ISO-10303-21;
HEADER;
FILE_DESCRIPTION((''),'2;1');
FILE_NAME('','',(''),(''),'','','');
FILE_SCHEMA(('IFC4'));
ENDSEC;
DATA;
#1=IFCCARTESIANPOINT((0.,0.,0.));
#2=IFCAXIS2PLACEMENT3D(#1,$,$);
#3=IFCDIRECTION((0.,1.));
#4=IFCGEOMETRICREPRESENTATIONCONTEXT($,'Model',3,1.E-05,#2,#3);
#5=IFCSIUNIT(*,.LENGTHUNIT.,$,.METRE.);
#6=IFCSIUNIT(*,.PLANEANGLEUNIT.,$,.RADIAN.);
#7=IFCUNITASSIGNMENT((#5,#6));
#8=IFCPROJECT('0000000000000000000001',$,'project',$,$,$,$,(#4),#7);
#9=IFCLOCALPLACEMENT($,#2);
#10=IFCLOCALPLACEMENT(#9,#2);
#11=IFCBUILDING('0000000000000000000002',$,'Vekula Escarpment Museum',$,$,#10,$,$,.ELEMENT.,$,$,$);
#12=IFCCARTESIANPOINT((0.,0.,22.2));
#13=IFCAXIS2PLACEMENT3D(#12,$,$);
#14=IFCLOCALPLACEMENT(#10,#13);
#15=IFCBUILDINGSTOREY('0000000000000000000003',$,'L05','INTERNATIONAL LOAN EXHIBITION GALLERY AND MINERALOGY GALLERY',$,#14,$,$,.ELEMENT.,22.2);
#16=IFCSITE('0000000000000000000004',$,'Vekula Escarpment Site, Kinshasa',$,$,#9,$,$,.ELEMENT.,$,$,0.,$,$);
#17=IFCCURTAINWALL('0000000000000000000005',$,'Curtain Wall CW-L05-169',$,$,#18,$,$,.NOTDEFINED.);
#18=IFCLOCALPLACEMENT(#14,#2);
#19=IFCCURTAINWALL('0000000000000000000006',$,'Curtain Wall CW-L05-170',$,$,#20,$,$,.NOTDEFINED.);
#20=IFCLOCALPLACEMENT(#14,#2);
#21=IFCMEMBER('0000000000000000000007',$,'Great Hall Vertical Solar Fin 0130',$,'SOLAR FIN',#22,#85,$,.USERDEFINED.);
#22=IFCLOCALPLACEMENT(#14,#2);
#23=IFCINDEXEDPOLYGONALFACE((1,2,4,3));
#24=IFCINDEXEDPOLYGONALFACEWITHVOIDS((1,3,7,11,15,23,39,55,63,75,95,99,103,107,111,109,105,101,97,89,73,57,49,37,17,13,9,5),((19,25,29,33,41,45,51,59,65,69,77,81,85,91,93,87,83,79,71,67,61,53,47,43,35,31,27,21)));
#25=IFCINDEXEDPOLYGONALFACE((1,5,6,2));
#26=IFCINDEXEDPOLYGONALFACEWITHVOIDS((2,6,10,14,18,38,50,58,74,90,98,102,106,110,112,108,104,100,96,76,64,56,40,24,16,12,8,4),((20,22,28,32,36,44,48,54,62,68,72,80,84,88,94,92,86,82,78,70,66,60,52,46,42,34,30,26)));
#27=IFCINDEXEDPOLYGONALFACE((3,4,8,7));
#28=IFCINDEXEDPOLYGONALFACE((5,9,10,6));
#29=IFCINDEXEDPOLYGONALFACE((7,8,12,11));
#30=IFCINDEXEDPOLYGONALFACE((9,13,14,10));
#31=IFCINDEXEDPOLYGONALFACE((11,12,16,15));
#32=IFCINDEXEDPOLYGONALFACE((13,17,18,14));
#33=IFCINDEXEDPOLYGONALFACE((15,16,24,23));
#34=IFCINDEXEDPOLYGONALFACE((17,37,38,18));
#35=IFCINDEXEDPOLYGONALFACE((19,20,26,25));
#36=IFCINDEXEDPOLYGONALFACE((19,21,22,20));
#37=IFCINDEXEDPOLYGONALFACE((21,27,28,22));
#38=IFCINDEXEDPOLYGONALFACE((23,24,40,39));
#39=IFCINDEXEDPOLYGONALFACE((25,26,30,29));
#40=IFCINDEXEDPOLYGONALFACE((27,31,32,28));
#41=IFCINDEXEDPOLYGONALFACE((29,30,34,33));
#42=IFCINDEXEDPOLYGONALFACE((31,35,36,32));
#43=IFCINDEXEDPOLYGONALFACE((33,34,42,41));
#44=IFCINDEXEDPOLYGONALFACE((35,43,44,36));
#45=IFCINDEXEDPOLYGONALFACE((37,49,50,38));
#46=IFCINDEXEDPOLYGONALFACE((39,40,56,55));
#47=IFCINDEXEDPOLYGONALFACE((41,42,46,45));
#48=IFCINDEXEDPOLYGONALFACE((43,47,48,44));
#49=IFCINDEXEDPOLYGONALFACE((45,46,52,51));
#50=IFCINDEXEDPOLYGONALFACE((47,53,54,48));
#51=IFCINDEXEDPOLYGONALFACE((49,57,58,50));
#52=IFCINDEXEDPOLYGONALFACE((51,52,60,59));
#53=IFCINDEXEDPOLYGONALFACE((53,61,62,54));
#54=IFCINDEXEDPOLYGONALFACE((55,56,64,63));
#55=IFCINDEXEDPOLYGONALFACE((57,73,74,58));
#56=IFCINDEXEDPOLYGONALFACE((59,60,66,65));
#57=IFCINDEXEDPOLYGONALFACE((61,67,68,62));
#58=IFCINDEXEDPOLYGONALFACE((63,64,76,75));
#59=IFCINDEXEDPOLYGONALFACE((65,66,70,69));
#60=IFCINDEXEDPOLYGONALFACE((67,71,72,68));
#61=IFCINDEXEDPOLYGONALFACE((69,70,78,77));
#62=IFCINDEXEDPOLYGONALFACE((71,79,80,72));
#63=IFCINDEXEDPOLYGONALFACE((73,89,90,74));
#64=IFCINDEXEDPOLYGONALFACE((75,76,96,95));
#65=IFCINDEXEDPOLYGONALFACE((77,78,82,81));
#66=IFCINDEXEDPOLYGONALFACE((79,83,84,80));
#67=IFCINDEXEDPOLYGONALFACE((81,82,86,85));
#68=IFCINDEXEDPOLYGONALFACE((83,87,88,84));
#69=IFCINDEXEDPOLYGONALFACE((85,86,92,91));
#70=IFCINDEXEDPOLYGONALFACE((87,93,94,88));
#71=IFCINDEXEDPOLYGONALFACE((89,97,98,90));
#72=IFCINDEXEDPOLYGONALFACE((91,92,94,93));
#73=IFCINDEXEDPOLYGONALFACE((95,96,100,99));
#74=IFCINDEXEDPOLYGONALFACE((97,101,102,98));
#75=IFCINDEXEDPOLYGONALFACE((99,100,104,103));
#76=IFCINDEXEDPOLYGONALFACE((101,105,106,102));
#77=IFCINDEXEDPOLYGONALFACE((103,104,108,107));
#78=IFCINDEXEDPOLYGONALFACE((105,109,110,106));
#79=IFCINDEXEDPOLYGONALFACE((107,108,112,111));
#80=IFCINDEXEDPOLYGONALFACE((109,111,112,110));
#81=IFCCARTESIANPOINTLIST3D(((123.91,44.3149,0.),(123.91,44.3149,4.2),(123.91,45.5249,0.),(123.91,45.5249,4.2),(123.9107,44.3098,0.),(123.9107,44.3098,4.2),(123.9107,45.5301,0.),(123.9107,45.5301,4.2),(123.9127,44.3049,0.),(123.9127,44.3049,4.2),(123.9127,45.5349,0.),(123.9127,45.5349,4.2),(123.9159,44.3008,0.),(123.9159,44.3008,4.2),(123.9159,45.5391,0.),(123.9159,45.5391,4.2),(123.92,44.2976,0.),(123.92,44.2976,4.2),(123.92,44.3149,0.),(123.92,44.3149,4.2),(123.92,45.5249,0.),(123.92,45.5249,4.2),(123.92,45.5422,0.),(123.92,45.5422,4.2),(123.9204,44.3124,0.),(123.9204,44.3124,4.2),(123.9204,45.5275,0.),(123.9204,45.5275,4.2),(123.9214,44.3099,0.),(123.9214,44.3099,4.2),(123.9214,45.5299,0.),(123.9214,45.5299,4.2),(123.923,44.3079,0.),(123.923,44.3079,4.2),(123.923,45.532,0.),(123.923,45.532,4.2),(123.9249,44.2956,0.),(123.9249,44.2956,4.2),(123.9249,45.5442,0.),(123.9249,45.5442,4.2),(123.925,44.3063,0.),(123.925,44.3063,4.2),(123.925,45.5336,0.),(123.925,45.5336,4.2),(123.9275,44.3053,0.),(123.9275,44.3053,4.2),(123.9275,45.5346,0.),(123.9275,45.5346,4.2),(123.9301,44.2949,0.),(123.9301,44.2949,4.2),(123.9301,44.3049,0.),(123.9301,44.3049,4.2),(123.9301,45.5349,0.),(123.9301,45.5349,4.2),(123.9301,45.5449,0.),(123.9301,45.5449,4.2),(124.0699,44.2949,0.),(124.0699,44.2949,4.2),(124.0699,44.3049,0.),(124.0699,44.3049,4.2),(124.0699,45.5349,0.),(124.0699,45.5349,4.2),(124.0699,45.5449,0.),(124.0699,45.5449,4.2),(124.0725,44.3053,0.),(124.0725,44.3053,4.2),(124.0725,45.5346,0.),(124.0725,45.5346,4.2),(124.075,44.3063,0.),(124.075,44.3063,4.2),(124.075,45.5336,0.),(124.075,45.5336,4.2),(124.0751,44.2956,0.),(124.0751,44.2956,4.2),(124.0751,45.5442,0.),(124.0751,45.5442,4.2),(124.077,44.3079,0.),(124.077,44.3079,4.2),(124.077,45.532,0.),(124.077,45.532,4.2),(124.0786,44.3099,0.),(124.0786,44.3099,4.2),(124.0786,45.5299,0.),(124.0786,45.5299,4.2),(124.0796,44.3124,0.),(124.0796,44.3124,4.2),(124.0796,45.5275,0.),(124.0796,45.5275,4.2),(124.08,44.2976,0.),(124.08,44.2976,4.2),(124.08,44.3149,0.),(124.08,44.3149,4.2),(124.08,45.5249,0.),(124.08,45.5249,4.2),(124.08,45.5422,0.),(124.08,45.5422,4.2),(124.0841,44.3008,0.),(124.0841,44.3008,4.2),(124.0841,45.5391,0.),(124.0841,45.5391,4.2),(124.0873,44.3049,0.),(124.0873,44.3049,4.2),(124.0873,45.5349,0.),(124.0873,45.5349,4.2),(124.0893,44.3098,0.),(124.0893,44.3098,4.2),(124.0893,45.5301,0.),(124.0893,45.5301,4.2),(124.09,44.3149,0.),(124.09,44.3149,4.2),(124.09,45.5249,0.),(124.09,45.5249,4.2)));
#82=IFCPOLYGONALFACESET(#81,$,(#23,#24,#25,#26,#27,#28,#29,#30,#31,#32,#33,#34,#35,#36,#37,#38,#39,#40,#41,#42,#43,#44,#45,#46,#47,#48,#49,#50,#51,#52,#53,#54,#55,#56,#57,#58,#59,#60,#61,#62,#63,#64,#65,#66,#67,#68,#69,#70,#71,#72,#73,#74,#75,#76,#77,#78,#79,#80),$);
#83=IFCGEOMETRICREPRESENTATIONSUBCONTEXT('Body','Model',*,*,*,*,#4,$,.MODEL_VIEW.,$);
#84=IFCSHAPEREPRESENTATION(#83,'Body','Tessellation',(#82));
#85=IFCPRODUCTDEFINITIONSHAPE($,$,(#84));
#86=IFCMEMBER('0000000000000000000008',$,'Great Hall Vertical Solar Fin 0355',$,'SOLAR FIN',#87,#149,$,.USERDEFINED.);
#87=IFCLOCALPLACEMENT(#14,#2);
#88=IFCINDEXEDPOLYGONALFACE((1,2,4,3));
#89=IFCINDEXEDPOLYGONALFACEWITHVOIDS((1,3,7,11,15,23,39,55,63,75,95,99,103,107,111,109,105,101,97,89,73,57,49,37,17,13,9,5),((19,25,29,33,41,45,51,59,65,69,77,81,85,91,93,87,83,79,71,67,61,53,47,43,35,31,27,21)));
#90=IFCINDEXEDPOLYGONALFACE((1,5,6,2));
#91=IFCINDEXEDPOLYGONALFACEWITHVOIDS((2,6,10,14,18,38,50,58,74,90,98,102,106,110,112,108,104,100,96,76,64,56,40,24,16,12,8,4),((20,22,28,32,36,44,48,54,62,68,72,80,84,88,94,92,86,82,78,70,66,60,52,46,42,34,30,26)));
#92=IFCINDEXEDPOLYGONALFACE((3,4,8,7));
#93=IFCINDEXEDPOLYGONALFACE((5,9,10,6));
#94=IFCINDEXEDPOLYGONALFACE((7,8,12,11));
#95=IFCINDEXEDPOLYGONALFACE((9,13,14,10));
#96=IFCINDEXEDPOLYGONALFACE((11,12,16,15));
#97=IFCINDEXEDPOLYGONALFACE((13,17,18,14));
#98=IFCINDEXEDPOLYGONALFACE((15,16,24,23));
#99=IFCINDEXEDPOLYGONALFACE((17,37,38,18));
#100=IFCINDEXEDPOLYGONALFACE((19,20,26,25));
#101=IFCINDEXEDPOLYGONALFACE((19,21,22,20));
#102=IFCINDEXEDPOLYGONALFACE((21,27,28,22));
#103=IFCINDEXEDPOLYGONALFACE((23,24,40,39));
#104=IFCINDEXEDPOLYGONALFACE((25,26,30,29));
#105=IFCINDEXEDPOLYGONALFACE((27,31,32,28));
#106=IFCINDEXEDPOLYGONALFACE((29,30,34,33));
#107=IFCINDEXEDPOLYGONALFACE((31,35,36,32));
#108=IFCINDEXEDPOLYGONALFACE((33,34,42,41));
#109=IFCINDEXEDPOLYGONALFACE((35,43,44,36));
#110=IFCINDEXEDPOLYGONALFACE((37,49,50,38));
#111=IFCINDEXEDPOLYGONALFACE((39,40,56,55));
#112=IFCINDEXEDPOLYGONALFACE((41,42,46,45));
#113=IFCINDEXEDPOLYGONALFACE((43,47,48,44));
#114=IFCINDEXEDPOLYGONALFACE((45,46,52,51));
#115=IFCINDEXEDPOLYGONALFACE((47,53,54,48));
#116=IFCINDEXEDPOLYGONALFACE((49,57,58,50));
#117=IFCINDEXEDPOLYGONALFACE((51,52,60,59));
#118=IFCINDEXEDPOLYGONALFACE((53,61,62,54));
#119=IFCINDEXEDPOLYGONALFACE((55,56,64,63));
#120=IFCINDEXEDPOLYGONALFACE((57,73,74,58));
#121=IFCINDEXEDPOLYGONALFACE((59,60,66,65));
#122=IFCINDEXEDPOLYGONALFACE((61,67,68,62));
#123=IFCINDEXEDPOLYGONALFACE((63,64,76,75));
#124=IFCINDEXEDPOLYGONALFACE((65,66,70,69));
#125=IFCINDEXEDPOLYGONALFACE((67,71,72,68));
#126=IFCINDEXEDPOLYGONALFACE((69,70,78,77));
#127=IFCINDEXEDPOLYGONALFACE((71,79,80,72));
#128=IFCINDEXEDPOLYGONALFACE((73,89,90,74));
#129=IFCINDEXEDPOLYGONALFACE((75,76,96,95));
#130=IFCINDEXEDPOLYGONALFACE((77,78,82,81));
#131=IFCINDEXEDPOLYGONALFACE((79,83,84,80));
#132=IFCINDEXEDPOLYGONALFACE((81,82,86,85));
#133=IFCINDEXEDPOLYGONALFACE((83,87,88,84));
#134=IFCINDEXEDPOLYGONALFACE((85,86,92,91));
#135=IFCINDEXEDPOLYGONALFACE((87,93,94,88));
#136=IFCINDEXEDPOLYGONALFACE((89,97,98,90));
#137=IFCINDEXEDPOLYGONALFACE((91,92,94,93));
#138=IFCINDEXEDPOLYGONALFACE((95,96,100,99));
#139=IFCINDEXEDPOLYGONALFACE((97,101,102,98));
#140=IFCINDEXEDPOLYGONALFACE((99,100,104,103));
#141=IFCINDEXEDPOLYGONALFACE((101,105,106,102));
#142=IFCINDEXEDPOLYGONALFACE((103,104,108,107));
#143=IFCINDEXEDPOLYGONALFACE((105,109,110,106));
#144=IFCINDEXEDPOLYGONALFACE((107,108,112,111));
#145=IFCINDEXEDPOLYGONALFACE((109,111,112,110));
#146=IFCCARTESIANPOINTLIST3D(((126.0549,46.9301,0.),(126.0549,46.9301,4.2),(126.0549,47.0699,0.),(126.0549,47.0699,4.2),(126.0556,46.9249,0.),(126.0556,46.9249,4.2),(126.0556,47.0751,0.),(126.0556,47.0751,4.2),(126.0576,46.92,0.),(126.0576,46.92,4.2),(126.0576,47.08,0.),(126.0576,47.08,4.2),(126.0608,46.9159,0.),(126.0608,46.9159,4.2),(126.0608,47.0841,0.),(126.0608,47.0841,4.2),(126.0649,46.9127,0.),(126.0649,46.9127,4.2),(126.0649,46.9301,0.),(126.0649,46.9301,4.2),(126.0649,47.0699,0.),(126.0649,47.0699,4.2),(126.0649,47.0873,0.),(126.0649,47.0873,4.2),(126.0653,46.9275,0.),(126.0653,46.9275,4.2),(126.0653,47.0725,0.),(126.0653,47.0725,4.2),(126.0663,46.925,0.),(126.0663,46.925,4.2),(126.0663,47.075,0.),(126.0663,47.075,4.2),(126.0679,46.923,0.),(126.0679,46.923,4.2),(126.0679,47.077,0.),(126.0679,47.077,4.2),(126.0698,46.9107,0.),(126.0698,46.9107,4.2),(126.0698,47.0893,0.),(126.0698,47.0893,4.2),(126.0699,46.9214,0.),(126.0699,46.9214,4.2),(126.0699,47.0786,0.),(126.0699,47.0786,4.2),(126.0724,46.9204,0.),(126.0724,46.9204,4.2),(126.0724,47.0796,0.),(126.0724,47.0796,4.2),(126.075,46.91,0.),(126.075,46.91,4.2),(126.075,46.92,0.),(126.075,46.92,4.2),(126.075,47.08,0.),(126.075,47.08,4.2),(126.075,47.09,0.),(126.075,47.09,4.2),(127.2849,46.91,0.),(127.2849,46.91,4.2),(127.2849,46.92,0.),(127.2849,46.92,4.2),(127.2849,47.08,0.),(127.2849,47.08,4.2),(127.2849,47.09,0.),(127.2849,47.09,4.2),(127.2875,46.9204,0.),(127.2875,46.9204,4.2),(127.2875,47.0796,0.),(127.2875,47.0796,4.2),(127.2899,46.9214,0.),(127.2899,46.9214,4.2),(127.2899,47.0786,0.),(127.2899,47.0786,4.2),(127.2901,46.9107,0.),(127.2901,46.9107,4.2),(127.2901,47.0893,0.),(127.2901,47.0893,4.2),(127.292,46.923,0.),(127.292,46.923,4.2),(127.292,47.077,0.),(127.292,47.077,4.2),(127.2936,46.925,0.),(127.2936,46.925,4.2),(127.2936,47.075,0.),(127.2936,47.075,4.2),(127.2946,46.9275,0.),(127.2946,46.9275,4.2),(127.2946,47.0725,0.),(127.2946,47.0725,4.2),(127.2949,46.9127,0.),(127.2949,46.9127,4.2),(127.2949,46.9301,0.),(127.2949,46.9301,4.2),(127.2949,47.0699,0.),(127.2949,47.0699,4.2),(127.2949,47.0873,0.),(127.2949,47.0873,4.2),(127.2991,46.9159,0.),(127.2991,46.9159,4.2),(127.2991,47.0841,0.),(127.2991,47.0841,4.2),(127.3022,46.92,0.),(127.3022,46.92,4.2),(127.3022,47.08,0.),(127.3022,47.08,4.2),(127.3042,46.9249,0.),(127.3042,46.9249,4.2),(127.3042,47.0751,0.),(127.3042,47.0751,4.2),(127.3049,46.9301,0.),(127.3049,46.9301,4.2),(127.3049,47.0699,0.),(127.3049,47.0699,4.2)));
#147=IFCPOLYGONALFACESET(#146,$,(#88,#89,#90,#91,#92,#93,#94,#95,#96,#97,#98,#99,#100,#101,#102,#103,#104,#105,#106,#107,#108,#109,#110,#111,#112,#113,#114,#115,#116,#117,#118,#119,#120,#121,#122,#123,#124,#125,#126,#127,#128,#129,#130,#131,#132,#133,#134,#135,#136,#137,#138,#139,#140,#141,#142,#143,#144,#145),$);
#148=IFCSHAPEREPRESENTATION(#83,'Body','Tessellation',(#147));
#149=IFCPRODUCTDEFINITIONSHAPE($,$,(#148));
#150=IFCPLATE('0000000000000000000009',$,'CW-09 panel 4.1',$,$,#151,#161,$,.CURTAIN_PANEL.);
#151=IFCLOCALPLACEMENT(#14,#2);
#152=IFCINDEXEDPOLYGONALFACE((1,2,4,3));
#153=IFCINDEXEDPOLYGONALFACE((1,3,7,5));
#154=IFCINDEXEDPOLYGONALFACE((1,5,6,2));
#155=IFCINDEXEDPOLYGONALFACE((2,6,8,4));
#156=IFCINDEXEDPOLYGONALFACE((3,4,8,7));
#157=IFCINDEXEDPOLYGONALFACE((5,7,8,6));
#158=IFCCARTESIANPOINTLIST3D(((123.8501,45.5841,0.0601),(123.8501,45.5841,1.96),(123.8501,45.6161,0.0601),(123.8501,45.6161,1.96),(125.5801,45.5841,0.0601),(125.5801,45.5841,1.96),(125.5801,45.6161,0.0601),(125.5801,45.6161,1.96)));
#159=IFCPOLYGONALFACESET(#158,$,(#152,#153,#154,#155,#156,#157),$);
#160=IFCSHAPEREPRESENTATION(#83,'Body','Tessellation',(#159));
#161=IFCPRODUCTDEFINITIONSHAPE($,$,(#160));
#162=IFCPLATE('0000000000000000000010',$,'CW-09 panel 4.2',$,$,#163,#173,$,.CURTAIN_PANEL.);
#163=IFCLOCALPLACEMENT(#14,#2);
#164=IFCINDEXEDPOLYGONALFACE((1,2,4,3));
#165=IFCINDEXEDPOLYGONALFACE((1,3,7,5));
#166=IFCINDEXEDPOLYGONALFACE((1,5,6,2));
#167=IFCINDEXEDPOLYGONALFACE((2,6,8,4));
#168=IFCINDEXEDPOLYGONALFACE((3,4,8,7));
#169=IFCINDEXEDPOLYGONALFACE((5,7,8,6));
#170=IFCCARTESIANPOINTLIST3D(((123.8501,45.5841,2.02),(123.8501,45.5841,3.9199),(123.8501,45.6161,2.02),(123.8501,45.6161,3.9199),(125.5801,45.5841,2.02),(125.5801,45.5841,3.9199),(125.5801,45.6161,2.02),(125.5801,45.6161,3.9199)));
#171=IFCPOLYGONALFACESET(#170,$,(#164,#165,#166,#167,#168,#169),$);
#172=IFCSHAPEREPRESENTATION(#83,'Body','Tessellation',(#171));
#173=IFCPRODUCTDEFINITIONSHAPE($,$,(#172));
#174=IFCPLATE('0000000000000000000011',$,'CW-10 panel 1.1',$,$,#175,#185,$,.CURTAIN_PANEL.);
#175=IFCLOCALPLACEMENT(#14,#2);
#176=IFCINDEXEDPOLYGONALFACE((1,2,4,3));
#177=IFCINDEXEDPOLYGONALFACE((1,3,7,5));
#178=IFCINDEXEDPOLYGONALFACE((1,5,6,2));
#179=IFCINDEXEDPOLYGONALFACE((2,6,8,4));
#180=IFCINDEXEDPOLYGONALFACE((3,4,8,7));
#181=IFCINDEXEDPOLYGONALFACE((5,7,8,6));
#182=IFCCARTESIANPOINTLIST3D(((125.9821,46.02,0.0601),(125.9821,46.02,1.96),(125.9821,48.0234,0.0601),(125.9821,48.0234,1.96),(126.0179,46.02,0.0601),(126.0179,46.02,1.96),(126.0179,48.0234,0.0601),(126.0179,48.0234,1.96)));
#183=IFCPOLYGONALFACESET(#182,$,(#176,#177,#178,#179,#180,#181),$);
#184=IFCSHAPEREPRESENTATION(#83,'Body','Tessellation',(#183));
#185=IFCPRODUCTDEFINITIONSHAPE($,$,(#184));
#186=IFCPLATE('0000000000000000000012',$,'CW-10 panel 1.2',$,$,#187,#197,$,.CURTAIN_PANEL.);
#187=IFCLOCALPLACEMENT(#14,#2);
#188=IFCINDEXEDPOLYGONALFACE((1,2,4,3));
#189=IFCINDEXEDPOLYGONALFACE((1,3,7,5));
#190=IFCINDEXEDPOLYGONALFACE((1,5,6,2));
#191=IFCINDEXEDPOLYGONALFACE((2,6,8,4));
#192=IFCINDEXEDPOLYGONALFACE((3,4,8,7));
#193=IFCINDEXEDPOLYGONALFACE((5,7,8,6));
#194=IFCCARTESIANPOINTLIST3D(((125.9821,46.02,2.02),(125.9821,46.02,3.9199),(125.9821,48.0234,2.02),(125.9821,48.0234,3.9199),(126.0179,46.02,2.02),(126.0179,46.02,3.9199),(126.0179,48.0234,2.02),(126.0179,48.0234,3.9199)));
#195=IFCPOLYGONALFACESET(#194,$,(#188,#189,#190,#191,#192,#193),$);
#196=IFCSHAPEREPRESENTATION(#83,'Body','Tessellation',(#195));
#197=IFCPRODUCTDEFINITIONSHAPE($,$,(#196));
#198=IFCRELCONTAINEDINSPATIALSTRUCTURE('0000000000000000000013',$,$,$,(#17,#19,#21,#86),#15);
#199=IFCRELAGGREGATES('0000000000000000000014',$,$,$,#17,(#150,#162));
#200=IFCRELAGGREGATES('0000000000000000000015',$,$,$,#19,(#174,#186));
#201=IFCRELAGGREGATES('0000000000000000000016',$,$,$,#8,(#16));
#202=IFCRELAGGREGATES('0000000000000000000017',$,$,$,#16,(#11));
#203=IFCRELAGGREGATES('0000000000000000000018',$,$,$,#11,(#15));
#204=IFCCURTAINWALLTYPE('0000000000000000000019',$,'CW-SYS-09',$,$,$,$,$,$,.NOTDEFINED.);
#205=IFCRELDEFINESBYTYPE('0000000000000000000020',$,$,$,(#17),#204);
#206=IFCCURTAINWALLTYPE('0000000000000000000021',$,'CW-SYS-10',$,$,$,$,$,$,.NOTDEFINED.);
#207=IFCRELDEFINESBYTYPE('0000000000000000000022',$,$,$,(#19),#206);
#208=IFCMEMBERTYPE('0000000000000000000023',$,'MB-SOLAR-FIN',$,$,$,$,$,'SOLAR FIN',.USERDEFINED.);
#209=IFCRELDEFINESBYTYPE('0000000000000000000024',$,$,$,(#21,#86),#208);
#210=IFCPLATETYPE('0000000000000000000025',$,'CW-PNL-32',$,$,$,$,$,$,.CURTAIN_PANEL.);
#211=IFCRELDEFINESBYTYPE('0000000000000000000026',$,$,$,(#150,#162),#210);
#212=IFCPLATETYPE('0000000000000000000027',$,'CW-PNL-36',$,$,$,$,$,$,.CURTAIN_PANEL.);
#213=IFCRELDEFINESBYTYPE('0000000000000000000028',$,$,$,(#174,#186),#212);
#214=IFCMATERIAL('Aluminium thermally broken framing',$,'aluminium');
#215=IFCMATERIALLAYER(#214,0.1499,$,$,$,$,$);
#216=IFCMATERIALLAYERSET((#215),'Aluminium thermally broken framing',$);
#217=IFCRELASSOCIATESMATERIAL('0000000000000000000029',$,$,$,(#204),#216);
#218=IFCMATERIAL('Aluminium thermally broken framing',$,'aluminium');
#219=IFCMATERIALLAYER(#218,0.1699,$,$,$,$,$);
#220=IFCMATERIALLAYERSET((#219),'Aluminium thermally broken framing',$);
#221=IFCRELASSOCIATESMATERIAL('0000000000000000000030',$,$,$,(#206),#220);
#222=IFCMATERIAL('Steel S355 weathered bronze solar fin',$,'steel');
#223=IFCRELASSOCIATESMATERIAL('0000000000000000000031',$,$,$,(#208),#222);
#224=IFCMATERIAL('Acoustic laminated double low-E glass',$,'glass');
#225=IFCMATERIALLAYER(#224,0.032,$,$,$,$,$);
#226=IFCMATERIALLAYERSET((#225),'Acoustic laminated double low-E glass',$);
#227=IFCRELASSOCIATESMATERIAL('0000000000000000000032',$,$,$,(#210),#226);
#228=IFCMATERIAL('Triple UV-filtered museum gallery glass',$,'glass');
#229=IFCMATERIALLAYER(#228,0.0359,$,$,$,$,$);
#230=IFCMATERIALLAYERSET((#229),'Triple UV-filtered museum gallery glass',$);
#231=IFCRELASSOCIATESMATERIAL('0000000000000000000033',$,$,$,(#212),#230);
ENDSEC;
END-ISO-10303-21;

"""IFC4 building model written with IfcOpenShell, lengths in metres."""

from ifc_helpers import new_model, si_unit, direction, frame, origin, origin_2d, place, context, subcontext, project, spatial, rectangle, hollow_rectangle, extrude, material, layer, layer_set, material_profile, profile_set, type_object, element, aggregate, save


model = new_model("IFC4")

# Units and contexts
model_context = context("Model", 3, precision=1e-05, world=origin(), true_north=direction((0.0, 1.0)))
body_context = subcontext(model_context, "Body", "Model", "MODEL_VIEW")
ifc_project = project(units=[si_unit("LENGTHUNIT", "METRE"), si_unit("PLANEANGLEUNIT", "RADIAN")], contexts=[model_context])

# Site, building, storey
site_placement = place(None, origin())
site = spatial("IfcSite", under=ifc_project, at=site_placement, Name="Vekula Escarpment Site, Kinshasa", CompositionType="ELEMENT", RefElevation=0.0)
building_placement = place(site_placement, origin())
building = spatial("IfcBuilding", under=site, at=building_placement, Name="Vekula Escarpment Museum", CompositionType="ELEMENT")
storey_placement = place(building_placement, frame((0.0, 0.0, 22.2)))
storey = spatial("IfcBuildingStorey", under=building, at=storey_placement, Name="L05", Description="INTERNATIONAL LOAN EXHIBITION GALLERY AND MINERALOGY GALLERY", CompositionType="ELEMENT", Elevation=22.2)

# Curtain wall
ifc_material_1 = material(Name="Aluminium thermally broken framing", Category="aluminium")
ifc_layer_1 = layer(ifc_material_1, 0.1499)
ifc_layer_set_1 = layer_set([ifc_layer_1], Name="Aluminium thermally broken framing")
curtain_wall_type_1 = type_object("IfcCurtainWallType", Name="CW-SYS-09", PredefinedType="NOTDEFINED", material=ifc_layer_set_1)
curtain_wall_1_placement = place(storey_placement, origin())
curtain_wall_1 = element("IfcCurtainWall", 1, at=curtain_wall_1_placement, inside=storey, type_object=curtain_wall_type_1, Name="Curtain Wall CW-L05-169", PredefinedType="NOTDEFINED")

# Curtain wall
ifc_material_2 = material(Name="Aluminium thermally broken framing", Category="aluminium")
ifc_layer_2 = layer(ifc_material_2, 0.1699)
ifc_layer_set_2 = layer_set([ifc_layer_2], Name="Aluminium thermally broken framing")
curtain_wall_type_2 = type_object("IfcCurtainWallType", Name="CW-SYS-10", PredefinedType="NOTDEFINED", material=ifc_layer_set_2)
curtain_wall_2_placement = place(storey_placement, origin())
curtain_wall_2 = element("IfcCurtainWall", 2, at=curtain_wall_2_placement, inside=storey, type_object=curtain_wall_type_2, Name="Curtain Wall CW-L05-170", PredefinedType="NOTDEFINED")

# Members
ifc_material_3 = material(Name="Steel S355 weathered bronze solar fin", Category="steel")
ifc_material_profile_1 = material_profile(ifc_material_3, hollow_rectangle(XDim=0.1799, YDim=1.25, WallThickness=0.01, InnerFilletRadius=0.01, OuterFilletRadius=0.02, at=origin_2d()), Name="RHS 1250x180x10")
ifc_profile_set_1 = profile_set([ifc_material_profile_1], Name="Steel S355 weathered bronze solar fin")
member_type_1 = type_object("IfcMemberType", Name="MB-SOLAR-FIN", ElementType="SOLAR FIN", PredefinedType="USERDEFINED", material=ifc_profile_set_1)
for number, where, z_axis, x_axis, name in (
    (3, (124.0, 44.9199, 0.0), (0.0, 0.0, 1.0), (1.0, 0.0, 0.0), "Great Hall Vertical Solar Fin 0130"),
    (4, (126.6799, 47.0, 0.0), (0.0, 0.0, 1.0), (0.0, 1.0, 0.0), "Great Hall Vertical Solar Fin 0355"),
):
    element("IfcMember", number, at=place(storey_placement, frame(where, z_axis=z_axis, x_axis=x_axis)), inside=storey, type_object=member_type_1, Name=name, ObjectType="SOLAR FIN", PredefinedType="USERDEFINED", context=body_context, shape_type="SweptSolid", body=[
        extrude(hollow_rectangle(XDim=0.1799, YDim=1.25, WallThickness=0.01, InnerFilletRadius=0.01, OuterFilletRadius=0.02, at=origin_2d()), origin(), (0.0, 0.0, 1.0), 4.2),
    ])

# Plates
ifc_material_4 = material(Name="Acoustic laminated double low-E glass", Category="glass")
ifc_layer_3 = layer(ifc_material_4, 0.032)
ifc_layer_set_3 = layer_set([ifc_layer_3], Name="Acoustic laminated double low-E glass")
plate_type_1 = type_object("IfcPlateType", Name="CW-PNL-32", PredefinedType="CURTAIN_PANEL", material=ifc_layer_set_3)
plate_1_placement = place(storey_placement, frame((124.7151, 45.6001, 0.0601), z_axis=(0.0, 0.0, 1.0), x_axis=(1.0, 0.0, 0.0)))
plate_1 = element("IfcPlate", 5, at=plate_1_placement, type_object=plate_type_1, Name="CW-09 panel 4.1", PredefinedType="CURTAIN_PANEL", context=body_context, shape_type="SweptSolid", body=[
    extrude(rectangle(XDim=1.73, YDim=0.032, at=origin_2d()), origin(), (0.0, 0.0, 1.0), 1.8999),
])
plate_2_placement = place(storey_placement, frame((124.7151, 45.6001, 2.02), z_axis=(0.0, 0.0, 1.0), x_axis=(1.0, 0.0, 0.0)))
plate_2 = element("IfcPlate", 6, at=plate_2_placement, type_object=plate_type_1, Name="CW-09 panel 4.2", PredefinedType="CURTAIN_PANEL", context=body_context, shape_type="SweptSolid", body=[
    extrude(rectangle(XDim=1.73, YDim=0.032, at=origin_2d()), origin(), (0.0, 0.0, 1.0), 1.8999),
])
aggregate(curtain_wall_1, [plate_1, plate_2])
ifc_material_5 = material(Name="Triple UV-filtered museum gallery glass", Category="glass")
ifc_layer_4 = layer(ifc_material_5, 0.0359)
ifc_layer_set_4 = layer_set([ifc_layer_4], Name="Triple UV-filtered museum gallery glass")
plate_type_2 = type_object("IfcPlateType", Name="CW-PNL-36", PredefinedType="CURTAIN_PANEL", material=ifc_layer_set_4)
plate_3_placement = place(storey_placement, frame((126.0, 47.0217, 0.0601), z_axis=(0.0, 0.0, 1.0), x_axis=(0.0, 1.0, 0.0)))
plate_3 = element("IfcPlate", 7, at=plate_3_placement, type_object=plate_type_2, Name="CW-10 panel 1.1", PredefinedType="CURTAIN_PANEL", context=body_context, shape_type="SweptSolid", body=[
    extrude(rectangle(XDim=2.0034, YDim=0.0359, at=origin_2d()), origin(), (0.0, 0.0, 1.0), 1.8999),
])
plate_4_placement = place(storey_placement, frame((126.0, 47.0217, 2.02), z_axis=(0.0, 0.0, 1.0), x_axis=(0.0, 1.0, 0.0)))
plate_4 = element("IfcPlate", 8, at=plate_4_placement, type_object=plate_type_2, Name="CW-10 panel 1.2", PredefinedType="CURTAIN_PANEL", context=body_context, shape_type="SweptSolid", body=[
    extrude(rectangle(XDim=2.0034, YDim=0.0359, at=origin_2d()), origin(), (0.0, 0.0, 1.0), 1.8999),
])
aggregate(curtain_wall_2, [plate_3, plate_4])

save(model, "model.ifc")
